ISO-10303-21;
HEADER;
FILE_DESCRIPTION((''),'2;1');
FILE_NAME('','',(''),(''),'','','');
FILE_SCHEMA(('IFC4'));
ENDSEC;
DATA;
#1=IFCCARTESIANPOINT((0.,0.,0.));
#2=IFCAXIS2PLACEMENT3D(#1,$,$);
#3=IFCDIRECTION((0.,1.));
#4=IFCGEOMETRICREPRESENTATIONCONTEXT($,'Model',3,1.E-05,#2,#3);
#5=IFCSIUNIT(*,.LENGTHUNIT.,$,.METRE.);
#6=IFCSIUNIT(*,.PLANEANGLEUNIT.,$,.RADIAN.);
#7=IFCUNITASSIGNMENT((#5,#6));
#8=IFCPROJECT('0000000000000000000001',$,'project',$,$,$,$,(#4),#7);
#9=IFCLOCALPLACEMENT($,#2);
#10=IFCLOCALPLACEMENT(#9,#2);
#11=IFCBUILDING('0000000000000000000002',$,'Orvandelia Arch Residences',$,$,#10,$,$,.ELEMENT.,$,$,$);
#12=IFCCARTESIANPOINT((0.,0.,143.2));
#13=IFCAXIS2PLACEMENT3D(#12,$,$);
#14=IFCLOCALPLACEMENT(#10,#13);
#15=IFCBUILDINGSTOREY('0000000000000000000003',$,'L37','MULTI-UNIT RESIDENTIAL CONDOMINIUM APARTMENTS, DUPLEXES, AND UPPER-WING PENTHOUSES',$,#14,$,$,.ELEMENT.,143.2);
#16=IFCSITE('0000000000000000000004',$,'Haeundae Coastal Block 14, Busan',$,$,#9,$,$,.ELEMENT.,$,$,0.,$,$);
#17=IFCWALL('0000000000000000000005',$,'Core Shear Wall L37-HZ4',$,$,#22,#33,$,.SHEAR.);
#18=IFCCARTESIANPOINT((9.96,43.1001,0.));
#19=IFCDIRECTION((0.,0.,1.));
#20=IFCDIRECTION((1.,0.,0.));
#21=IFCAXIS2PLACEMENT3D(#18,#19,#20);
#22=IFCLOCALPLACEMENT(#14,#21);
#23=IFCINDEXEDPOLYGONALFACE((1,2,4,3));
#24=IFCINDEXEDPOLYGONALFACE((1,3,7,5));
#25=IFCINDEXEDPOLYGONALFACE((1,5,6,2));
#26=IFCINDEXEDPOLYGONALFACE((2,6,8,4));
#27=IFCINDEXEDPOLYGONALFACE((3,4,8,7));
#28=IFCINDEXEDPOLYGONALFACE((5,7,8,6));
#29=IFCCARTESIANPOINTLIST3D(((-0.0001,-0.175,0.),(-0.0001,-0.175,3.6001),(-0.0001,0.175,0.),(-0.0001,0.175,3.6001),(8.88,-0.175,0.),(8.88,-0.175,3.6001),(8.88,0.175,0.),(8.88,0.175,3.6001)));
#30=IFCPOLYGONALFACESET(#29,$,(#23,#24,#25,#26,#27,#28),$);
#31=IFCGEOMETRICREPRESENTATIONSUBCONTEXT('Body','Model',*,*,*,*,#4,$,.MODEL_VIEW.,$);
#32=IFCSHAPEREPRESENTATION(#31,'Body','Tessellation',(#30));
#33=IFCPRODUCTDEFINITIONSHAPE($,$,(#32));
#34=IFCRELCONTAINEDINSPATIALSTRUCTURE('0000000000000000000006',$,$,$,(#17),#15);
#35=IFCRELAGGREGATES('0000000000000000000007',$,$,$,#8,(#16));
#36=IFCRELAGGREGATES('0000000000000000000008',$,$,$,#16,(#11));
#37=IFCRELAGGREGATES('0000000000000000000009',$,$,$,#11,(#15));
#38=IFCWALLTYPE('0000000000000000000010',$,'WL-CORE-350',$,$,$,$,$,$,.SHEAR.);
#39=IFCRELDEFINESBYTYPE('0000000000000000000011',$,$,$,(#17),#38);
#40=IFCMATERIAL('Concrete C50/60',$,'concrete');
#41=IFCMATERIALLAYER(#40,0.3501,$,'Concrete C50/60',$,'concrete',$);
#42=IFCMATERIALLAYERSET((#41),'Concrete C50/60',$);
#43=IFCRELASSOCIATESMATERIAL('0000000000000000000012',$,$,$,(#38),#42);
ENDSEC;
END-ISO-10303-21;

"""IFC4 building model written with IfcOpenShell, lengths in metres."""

from ifc_helpers import new_model, si_unit, direction, frame, frame_2d, origin, place, context, subcontext, project, spatial, rectangle, extrude, material, layer, layer_set, type_object, element, save


model = new_model("IFC4")

# Units and contexts
model_context = context("Model", 3, precision=1e-05, world=origin(), true_north=direction((0.0, 1.0)))
body_context = subcontext(model_context, "Body", "Model", "MODEL_VIEW")
ifc_project = project(units=[si_unit("LENGTHUNIT", "METRE"), si_unit("PLANEANGLEUNIT", "RADIAN")], contexts=[model_context])

# Site, building, storey
site_placement = place(None, origin())
site = spatial("IfcSite", under=ifc_project, at=site_placement, Name="Haeundae Coastal Block 14, Busan", CompositionType="ELEMENT", RefElevation=0.0)
building_placement = place(site_placement, origin())
building = spatial("IfcBuilding", under=site, at=building_placement, Name="Orvandelia Arch Residences", CompositionType="ELEMENT")
storey_placement = place(building_placement, frame((0.0, 0.0, 143.2)))
storey = spatial("IfcBuildingStorey", under=building, at=storey_placement, Name="L37", Description="MULTI-UNIT RESIDENTIAL CONDOMINIUM APARTMENTS, DUPLEXES, AND UPPER-WING PENTHOUSES", CompositionType="ELEMENT", Elevation=143.2)

# Wall
ifc_material_1 = material(Name="Concrete C50/60", Category="concrete")
ifc_layer_1 = layer(ifc_material_1, 0.3501, Name="Concrete C50/60", Category="concrete")
ifc_layer_set_1 = layer_set([ifc_layer_1], Name="Concrete C50/60")
wall_type_1 = type_object("IfcWallType", Name="WL-CORE-350", PredefinedType="SHEAR", material=ifc_layer_set_1)
wall_1_placement = place(storey_placement, frame((9.96, 43.1001, 0.0), z_axis=(0.0, 0.0, 1.0), x_axis=(1.0, 0.0, 0.0)))
element("IfcWall", 1, at=wall_1_placement, inside=storey, type_object=wall_type_1, Name="Core Shear Wall L37-HZ4", PredefinedType="SHEAR", context=body_context, shape_type="SweptSolid", body=[
    extrude(rectangle(XDim=8.8801, YDim=0.3501, at=frame_2d((4.4399, 0.0))), origin(), (0.0, 0.0, 1.0), 3.6001),
])

save(model, "model.ifc")
